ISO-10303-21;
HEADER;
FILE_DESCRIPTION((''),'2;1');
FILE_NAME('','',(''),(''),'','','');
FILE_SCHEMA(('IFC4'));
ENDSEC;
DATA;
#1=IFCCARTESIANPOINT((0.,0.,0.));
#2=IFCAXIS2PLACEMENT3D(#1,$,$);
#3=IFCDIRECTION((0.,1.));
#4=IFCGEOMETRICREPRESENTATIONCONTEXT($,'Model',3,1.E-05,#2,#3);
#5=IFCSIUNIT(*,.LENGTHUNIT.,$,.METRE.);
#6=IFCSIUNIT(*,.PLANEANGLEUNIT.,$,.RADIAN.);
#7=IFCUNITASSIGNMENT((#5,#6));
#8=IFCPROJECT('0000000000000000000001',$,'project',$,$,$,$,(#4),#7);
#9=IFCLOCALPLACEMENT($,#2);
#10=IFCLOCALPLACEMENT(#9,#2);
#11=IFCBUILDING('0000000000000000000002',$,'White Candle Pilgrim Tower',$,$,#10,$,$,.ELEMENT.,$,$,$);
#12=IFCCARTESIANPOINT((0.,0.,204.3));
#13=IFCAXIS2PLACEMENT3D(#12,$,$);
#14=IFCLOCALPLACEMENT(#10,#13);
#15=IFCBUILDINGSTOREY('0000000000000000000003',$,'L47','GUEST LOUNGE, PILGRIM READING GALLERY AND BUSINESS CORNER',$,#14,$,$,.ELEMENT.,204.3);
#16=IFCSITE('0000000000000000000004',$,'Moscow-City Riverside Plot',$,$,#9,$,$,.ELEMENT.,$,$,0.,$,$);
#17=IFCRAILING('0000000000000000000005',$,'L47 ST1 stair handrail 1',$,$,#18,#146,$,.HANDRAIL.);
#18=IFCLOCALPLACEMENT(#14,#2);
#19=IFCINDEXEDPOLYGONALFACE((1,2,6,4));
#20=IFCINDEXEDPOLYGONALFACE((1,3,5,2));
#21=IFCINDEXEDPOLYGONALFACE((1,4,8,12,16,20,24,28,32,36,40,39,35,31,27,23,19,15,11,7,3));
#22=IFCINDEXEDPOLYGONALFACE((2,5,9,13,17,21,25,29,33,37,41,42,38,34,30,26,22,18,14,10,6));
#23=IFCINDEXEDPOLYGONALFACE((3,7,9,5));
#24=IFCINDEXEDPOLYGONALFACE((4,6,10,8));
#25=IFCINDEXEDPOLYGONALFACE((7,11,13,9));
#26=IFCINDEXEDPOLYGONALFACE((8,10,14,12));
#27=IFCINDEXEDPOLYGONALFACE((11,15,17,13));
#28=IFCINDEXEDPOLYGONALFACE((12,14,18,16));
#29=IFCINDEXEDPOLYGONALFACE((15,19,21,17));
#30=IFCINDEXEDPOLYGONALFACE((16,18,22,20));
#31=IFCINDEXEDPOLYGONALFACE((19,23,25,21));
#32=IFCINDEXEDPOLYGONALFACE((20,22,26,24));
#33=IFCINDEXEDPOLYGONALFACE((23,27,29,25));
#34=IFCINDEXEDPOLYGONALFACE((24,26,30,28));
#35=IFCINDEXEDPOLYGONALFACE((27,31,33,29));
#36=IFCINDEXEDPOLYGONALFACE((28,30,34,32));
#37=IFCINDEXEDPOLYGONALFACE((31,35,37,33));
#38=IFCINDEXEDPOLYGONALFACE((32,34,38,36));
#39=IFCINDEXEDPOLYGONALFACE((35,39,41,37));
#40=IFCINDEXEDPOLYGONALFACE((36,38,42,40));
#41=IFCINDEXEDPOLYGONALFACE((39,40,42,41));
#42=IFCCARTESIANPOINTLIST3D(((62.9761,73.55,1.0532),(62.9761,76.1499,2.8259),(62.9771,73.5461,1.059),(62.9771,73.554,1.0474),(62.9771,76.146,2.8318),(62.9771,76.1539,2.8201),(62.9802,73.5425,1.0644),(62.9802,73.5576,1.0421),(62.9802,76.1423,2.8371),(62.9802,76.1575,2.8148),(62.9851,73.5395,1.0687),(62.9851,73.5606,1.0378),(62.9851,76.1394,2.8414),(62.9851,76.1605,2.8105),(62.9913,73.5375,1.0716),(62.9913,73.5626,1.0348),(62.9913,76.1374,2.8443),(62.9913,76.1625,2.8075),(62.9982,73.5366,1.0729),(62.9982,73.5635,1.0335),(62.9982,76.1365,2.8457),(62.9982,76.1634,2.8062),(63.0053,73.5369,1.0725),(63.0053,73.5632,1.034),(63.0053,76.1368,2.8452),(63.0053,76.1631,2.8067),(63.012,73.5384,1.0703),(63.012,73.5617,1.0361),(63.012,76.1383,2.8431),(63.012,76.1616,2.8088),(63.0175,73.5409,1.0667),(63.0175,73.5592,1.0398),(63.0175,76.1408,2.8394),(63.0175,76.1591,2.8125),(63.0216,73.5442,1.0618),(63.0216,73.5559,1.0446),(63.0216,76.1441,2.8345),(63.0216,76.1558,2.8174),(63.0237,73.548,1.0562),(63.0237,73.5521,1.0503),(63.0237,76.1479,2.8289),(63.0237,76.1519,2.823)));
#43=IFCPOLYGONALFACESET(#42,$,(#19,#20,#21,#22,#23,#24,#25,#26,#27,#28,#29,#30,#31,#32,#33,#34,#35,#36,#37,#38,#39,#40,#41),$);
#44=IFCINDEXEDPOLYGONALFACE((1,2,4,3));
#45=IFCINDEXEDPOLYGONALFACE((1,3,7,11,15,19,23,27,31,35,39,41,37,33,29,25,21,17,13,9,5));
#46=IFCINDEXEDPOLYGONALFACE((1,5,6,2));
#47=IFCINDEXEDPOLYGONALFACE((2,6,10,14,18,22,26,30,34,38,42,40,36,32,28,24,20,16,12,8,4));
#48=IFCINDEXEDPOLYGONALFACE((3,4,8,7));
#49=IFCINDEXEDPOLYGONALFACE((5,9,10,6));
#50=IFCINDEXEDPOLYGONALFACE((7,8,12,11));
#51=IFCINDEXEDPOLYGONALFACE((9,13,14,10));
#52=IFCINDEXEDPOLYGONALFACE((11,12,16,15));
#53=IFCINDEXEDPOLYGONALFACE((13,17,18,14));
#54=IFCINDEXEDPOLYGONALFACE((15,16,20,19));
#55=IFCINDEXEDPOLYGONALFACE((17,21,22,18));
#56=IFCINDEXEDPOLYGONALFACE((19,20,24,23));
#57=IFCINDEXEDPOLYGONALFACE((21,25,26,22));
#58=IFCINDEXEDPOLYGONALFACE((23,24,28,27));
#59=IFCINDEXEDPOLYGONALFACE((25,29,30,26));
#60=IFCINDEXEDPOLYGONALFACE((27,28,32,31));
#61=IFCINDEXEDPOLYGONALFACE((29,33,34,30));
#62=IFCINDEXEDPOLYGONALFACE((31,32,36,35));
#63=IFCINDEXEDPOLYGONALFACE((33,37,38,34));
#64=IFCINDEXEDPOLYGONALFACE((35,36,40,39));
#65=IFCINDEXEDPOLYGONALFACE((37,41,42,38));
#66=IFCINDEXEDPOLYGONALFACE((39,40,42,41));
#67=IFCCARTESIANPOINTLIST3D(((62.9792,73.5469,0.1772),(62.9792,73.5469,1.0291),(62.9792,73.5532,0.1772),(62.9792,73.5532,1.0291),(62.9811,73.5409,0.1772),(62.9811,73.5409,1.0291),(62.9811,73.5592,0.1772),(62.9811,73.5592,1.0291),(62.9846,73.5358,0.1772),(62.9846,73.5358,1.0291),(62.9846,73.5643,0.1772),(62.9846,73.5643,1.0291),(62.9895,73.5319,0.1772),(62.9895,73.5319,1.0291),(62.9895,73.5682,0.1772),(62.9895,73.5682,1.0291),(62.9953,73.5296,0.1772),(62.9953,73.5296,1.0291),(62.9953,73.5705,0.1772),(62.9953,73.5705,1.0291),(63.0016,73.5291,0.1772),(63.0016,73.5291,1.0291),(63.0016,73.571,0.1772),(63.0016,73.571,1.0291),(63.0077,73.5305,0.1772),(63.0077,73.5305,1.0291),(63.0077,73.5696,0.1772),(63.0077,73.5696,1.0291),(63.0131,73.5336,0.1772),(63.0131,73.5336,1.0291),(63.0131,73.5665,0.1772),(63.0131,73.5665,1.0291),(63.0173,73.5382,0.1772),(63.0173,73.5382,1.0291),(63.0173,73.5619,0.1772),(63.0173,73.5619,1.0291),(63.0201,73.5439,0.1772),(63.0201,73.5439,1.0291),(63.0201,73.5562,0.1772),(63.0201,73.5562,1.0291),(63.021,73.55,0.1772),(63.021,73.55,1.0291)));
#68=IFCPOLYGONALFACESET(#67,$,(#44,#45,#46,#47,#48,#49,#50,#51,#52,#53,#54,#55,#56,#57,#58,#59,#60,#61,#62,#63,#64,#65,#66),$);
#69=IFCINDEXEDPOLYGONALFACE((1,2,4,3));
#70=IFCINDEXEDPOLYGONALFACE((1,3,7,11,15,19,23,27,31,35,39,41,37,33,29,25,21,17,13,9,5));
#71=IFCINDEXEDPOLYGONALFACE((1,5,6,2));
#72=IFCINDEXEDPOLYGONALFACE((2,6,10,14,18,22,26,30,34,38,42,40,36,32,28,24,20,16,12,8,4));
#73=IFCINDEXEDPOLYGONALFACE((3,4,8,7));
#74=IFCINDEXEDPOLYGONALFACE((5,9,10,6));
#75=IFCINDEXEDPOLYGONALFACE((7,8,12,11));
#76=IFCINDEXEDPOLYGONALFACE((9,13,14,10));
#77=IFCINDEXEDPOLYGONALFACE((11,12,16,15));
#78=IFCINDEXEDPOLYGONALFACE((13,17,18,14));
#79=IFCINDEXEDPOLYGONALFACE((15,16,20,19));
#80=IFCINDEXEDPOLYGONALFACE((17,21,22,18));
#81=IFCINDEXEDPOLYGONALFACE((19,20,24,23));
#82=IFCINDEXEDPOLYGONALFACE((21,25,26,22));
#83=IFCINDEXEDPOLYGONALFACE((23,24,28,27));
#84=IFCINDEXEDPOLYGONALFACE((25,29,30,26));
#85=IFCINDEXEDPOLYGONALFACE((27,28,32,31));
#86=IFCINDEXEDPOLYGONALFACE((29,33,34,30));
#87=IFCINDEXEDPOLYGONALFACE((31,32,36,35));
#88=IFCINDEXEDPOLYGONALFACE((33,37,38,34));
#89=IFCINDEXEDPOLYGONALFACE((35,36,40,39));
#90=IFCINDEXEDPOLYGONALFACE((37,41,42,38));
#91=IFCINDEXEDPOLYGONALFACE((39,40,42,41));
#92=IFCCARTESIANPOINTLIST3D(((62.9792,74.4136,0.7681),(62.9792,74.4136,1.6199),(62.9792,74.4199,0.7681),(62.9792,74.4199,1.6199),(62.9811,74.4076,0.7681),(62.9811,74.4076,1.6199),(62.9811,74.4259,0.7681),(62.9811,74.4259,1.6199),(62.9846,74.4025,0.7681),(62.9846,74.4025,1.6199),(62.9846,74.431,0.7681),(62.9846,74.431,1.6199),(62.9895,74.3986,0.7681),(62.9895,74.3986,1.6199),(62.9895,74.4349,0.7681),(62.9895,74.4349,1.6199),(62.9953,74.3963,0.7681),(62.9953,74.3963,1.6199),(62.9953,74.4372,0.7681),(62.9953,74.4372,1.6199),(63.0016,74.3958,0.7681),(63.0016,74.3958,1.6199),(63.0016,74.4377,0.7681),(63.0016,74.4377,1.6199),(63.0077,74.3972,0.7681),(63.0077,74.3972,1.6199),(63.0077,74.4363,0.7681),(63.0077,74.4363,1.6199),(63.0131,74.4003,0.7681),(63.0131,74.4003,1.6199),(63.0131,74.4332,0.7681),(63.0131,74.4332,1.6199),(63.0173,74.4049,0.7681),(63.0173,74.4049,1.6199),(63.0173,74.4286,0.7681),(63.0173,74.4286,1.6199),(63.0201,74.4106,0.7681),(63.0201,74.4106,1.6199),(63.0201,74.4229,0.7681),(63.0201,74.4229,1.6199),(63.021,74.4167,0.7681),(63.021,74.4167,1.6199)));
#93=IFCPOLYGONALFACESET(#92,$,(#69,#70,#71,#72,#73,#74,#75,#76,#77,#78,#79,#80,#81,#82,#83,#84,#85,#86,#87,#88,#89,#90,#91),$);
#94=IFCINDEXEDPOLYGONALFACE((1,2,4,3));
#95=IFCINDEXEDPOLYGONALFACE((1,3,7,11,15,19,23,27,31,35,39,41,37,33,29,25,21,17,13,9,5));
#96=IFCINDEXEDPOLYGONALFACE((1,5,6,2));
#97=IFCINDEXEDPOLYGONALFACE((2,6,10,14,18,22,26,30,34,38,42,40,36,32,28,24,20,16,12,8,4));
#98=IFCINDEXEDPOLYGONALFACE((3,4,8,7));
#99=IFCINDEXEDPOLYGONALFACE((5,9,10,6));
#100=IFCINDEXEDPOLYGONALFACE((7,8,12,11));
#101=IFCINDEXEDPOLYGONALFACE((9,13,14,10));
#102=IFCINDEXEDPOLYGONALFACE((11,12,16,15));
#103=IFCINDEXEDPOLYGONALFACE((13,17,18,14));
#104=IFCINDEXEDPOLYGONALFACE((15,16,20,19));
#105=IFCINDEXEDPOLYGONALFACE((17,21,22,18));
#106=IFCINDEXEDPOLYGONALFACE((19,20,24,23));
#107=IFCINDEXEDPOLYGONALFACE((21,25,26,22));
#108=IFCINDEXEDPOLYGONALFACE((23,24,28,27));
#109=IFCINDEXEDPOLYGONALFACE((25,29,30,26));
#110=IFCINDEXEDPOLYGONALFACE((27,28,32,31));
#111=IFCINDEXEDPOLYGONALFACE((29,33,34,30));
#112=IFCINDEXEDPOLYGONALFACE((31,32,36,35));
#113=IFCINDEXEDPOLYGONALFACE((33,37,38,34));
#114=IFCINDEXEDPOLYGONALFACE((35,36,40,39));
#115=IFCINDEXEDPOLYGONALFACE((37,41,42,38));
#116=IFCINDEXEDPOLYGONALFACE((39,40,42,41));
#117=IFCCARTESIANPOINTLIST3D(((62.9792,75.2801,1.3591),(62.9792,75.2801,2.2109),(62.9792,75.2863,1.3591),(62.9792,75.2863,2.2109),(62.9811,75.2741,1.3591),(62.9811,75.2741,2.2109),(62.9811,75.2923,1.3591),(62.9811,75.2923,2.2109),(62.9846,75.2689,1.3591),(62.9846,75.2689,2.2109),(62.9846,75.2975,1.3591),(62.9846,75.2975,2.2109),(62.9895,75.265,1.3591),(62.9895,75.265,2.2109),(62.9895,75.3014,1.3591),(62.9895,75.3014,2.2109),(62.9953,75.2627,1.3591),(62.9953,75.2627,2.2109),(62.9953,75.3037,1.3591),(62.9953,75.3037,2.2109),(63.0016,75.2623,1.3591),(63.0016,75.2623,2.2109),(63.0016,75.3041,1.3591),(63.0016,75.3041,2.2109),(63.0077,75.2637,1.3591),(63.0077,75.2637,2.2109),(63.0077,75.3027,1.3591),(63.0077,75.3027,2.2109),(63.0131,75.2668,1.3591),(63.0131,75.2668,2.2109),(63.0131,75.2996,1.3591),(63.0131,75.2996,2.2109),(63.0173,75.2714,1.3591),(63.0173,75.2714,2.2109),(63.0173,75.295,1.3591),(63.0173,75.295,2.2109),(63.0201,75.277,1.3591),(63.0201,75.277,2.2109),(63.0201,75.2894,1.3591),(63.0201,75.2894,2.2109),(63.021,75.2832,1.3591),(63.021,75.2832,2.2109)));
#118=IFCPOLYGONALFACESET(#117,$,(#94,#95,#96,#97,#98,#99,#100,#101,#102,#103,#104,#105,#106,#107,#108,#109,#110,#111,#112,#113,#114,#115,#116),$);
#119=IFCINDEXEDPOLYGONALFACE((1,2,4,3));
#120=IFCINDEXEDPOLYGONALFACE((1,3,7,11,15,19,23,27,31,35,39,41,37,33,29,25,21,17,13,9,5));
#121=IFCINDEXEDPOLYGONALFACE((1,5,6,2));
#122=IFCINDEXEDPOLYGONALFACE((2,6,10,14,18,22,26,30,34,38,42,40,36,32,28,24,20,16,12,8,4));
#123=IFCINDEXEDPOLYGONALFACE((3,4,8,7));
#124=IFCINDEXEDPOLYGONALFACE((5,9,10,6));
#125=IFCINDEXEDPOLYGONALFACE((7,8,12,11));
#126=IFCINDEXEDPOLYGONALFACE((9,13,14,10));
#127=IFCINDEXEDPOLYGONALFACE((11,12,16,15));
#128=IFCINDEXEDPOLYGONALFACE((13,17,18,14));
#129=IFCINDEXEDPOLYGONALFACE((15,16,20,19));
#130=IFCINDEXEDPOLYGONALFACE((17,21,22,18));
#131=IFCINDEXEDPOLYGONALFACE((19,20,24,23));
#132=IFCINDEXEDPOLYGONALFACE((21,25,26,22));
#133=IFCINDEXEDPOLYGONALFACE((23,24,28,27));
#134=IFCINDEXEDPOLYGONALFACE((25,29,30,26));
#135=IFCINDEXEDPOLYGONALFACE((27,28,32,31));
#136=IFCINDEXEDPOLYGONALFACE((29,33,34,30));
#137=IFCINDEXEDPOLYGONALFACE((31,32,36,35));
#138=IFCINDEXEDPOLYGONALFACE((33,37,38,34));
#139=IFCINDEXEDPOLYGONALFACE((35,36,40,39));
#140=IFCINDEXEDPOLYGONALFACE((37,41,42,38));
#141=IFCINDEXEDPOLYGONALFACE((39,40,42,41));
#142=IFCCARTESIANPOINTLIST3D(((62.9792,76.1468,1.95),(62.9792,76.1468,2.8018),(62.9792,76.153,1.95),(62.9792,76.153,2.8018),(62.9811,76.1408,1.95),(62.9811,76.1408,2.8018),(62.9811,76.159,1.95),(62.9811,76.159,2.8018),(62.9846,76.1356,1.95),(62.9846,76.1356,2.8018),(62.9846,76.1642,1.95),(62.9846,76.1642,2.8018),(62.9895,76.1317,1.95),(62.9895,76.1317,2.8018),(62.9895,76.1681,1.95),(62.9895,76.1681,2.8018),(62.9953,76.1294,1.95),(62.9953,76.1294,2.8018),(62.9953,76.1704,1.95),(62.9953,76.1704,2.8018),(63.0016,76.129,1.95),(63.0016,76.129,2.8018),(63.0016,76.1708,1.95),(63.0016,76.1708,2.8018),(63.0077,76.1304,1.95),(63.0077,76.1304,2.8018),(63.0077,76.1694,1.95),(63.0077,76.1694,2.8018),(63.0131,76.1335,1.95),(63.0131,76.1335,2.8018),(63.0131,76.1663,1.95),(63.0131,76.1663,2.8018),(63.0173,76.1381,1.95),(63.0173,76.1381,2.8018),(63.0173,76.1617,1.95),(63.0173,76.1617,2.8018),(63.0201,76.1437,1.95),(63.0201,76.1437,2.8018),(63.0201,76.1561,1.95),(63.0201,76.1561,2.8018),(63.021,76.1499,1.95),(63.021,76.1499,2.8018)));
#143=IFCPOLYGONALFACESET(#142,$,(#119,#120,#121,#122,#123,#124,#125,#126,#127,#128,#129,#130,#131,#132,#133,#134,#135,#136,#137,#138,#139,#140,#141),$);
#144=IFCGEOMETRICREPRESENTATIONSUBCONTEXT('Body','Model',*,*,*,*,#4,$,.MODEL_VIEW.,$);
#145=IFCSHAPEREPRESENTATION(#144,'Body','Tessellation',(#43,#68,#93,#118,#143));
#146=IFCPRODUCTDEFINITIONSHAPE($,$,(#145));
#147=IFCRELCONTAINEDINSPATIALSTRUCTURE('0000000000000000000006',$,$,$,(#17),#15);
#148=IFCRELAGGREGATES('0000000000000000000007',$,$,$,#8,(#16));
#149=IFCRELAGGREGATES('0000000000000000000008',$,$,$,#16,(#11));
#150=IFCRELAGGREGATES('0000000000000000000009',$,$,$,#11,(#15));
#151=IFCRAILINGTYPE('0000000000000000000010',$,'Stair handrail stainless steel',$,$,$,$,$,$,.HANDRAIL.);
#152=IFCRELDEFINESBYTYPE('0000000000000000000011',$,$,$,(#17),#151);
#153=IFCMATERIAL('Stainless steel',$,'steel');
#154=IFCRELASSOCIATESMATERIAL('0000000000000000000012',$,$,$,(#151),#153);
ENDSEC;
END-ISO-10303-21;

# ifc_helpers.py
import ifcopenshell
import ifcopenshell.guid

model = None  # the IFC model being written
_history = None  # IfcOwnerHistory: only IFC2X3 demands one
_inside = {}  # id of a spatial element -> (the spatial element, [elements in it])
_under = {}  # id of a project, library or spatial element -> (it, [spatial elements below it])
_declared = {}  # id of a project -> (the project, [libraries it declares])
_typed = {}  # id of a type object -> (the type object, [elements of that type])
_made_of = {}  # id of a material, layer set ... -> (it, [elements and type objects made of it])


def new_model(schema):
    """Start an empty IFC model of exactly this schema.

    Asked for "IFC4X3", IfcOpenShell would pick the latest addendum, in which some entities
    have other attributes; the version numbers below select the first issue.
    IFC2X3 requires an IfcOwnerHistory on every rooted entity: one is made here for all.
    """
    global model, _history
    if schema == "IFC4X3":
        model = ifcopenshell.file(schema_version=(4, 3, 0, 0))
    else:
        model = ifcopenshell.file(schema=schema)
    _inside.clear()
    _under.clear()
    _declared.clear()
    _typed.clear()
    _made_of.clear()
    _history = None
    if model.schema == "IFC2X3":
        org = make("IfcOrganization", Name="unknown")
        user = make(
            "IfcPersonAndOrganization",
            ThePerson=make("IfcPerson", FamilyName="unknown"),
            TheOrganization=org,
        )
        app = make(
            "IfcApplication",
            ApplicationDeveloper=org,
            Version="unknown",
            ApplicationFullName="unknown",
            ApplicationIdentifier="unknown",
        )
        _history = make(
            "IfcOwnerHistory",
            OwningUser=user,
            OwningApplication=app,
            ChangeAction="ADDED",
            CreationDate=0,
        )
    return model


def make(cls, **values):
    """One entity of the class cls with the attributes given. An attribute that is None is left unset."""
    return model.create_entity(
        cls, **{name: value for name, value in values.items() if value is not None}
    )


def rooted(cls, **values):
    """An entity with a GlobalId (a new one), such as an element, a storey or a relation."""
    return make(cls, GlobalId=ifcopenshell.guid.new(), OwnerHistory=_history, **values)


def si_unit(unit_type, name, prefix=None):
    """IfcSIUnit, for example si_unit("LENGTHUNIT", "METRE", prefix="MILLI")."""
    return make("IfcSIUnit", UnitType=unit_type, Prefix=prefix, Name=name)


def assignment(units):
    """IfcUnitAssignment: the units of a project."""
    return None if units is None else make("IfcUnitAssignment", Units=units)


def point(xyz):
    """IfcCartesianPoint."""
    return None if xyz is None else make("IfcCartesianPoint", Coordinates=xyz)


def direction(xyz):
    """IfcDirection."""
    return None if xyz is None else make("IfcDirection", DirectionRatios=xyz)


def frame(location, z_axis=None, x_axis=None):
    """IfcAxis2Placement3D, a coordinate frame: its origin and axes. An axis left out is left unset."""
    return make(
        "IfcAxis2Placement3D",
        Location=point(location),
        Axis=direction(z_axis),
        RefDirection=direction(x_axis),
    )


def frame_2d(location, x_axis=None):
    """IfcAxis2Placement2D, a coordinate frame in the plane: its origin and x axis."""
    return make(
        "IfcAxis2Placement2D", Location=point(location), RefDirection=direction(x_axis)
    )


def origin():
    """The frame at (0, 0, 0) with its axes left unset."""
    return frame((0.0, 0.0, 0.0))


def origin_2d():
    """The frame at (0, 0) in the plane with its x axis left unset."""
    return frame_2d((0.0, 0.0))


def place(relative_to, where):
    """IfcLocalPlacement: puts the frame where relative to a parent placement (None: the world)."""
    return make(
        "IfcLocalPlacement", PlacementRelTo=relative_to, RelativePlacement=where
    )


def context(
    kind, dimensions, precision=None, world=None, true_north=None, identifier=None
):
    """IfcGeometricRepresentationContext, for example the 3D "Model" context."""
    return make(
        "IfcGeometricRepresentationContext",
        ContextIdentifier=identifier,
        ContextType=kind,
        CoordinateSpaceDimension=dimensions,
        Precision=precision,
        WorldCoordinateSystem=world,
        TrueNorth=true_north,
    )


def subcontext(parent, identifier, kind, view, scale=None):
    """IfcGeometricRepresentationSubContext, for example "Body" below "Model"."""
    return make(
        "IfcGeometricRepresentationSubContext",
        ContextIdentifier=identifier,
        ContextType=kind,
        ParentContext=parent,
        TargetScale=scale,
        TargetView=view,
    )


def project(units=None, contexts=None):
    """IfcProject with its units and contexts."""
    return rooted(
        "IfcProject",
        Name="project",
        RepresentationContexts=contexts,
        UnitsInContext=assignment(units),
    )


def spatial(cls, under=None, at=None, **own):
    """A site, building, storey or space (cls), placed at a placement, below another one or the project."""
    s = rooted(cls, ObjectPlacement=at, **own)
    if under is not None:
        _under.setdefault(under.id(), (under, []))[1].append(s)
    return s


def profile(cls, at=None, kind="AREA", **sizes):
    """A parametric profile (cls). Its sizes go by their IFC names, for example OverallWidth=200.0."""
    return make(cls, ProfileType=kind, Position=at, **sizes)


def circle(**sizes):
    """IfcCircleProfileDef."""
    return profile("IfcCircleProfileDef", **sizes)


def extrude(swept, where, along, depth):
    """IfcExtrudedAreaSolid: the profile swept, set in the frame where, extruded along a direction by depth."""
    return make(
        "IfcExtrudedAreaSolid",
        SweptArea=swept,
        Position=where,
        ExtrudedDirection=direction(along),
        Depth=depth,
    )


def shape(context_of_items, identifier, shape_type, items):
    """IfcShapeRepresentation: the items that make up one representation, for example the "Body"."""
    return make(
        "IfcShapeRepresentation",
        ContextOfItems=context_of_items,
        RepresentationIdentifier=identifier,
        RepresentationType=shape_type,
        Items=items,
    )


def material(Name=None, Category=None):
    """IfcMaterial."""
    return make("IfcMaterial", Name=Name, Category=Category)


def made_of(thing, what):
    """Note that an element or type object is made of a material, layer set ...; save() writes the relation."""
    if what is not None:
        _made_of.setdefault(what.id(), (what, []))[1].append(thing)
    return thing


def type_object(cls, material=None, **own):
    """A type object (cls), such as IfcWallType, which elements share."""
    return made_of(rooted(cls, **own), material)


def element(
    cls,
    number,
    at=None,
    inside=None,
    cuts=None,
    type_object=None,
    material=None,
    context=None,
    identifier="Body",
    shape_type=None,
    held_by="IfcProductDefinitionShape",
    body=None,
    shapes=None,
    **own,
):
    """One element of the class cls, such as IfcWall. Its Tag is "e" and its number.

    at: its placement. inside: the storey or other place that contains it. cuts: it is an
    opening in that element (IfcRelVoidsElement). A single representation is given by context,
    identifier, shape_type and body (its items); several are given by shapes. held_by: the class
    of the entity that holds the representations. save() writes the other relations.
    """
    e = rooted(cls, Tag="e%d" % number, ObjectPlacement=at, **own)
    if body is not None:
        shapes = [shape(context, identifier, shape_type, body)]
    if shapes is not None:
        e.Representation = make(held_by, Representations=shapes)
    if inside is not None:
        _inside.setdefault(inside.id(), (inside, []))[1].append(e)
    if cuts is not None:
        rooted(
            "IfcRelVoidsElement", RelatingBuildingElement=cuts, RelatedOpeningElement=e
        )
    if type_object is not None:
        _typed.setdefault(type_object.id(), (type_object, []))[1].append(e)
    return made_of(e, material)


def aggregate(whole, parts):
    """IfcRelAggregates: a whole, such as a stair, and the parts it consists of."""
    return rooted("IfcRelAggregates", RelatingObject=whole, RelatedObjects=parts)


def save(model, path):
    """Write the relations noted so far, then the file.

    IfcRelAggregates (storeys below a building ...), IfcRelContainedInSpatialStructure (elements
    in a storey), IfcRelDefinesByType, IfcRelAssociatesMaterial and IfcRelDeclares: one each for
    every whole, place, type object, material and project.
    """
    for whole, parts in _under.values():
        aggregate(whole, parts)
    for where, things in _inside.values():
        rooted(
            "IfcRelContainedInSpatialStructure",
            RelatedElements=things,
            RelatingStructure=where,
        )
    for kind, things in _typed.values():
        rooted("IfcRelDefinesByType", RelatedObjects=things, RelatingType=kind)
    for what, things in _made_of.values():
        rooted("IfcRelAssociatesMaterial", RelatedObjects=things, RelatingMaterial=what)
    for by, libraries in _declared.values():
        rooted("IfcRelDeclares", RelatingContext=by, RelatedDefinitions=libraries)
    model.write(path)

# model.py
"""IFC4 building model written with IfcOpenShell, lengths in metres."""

from ifc_helpers import new_model, si_unit, direction, frame, origin, origin_2d, place, context, subcontext, project, spatial, circle, extrude, material, type_object, element, save


model = new_model("IFC4")

# Units and contexts
model_context = context("Model", 3, precision=1e-05, world=origin(), true_north=direction((0.0, 1.0)))
body_context = subcontext(model_context, "Body", "Model", "MODEL_VIEW")
ifc_project = project(units=[si_unit("LENGTHUNIT", "METRE"), si_unit("PLANEANGLEUNIT", "RADIAN")], contexts=[model_context])

# Site, building, storey
site_placement = place(None, origin())
site = spatial("IfcSite", under=ifc_project, at=site_placement, Name="Moscow-City Riverside Plot", CompositionType="ELEMENT", RefElevation=0.0)
building_placement = place(site_placement, origin())
building = spatial("IfcBuilding", under=site, at=building_placement, Name="White Candle Pilgrim Tower", CompositionType="ELEMENT")
storey_placement = place(building_placement, frame((0.0, 0.0, 204.3)))
storey = spatial("IfcBuildingStorey", under=building, at=storey_placement, Name="L47", Description="GUEST LOUNGE, PILGRIM READING GALLERY AND BUSINESS CORNER", CompositionType="ELEMENT", Elevation=204.3)

# Railing
ifc_material_1 = material(Name="Stainless steel", Category="steel")
railing_type_1 = type_object("IfcRailingType", Name="Stair handrail stainless steel", PredefinedType="HANDRAIL", material=ifc_material_1)
railing_1_placement = place(storey_placement, frame((63.0, 73.55, 0.1772)))
element("IfcRailing", 1, at=railing_1_placement, inside=storey, type_object=railing_type_1, Name="L47 ST1 stair handrail 1", PredefinedType="HANDRAIL", context=body_context, shape_type="SweptSolid", body=[
    extrude(circle(Radius=0.0239, at=origin_2d()), frame((0.0, 0.0, 0.876), z_axis=(0.0, 0.826216, 0.563354), x_axis=(-1.0, 0.0, 0.0)), (0.0, 0.0, 1.0), 3.1467),
    extrude(circle(Radius=0.021, at=origin_2d()), origin(), (0.0, 0.0, 1.0), 0.8518),
    extrude(circle(Radius=0.021, at=origin_2d()), frame((0.0, 0.8667, 0.5908)), (0.0, 0.0, 1.0), 0.8518),
    extrude(circle(Radius=0.021, at=origin_2d()), frame((0.0, 1.7332, 1.1819)), (0.0, 0.0, 1.0), 0.8518),
    extrude(circle(Radius=0.021, at=origin_2d()), frame((0.0, 2.5999, 1.7727)), (0.0, 0.0, 1.0), 0.8518),
])

save(model, "model.ifc")
